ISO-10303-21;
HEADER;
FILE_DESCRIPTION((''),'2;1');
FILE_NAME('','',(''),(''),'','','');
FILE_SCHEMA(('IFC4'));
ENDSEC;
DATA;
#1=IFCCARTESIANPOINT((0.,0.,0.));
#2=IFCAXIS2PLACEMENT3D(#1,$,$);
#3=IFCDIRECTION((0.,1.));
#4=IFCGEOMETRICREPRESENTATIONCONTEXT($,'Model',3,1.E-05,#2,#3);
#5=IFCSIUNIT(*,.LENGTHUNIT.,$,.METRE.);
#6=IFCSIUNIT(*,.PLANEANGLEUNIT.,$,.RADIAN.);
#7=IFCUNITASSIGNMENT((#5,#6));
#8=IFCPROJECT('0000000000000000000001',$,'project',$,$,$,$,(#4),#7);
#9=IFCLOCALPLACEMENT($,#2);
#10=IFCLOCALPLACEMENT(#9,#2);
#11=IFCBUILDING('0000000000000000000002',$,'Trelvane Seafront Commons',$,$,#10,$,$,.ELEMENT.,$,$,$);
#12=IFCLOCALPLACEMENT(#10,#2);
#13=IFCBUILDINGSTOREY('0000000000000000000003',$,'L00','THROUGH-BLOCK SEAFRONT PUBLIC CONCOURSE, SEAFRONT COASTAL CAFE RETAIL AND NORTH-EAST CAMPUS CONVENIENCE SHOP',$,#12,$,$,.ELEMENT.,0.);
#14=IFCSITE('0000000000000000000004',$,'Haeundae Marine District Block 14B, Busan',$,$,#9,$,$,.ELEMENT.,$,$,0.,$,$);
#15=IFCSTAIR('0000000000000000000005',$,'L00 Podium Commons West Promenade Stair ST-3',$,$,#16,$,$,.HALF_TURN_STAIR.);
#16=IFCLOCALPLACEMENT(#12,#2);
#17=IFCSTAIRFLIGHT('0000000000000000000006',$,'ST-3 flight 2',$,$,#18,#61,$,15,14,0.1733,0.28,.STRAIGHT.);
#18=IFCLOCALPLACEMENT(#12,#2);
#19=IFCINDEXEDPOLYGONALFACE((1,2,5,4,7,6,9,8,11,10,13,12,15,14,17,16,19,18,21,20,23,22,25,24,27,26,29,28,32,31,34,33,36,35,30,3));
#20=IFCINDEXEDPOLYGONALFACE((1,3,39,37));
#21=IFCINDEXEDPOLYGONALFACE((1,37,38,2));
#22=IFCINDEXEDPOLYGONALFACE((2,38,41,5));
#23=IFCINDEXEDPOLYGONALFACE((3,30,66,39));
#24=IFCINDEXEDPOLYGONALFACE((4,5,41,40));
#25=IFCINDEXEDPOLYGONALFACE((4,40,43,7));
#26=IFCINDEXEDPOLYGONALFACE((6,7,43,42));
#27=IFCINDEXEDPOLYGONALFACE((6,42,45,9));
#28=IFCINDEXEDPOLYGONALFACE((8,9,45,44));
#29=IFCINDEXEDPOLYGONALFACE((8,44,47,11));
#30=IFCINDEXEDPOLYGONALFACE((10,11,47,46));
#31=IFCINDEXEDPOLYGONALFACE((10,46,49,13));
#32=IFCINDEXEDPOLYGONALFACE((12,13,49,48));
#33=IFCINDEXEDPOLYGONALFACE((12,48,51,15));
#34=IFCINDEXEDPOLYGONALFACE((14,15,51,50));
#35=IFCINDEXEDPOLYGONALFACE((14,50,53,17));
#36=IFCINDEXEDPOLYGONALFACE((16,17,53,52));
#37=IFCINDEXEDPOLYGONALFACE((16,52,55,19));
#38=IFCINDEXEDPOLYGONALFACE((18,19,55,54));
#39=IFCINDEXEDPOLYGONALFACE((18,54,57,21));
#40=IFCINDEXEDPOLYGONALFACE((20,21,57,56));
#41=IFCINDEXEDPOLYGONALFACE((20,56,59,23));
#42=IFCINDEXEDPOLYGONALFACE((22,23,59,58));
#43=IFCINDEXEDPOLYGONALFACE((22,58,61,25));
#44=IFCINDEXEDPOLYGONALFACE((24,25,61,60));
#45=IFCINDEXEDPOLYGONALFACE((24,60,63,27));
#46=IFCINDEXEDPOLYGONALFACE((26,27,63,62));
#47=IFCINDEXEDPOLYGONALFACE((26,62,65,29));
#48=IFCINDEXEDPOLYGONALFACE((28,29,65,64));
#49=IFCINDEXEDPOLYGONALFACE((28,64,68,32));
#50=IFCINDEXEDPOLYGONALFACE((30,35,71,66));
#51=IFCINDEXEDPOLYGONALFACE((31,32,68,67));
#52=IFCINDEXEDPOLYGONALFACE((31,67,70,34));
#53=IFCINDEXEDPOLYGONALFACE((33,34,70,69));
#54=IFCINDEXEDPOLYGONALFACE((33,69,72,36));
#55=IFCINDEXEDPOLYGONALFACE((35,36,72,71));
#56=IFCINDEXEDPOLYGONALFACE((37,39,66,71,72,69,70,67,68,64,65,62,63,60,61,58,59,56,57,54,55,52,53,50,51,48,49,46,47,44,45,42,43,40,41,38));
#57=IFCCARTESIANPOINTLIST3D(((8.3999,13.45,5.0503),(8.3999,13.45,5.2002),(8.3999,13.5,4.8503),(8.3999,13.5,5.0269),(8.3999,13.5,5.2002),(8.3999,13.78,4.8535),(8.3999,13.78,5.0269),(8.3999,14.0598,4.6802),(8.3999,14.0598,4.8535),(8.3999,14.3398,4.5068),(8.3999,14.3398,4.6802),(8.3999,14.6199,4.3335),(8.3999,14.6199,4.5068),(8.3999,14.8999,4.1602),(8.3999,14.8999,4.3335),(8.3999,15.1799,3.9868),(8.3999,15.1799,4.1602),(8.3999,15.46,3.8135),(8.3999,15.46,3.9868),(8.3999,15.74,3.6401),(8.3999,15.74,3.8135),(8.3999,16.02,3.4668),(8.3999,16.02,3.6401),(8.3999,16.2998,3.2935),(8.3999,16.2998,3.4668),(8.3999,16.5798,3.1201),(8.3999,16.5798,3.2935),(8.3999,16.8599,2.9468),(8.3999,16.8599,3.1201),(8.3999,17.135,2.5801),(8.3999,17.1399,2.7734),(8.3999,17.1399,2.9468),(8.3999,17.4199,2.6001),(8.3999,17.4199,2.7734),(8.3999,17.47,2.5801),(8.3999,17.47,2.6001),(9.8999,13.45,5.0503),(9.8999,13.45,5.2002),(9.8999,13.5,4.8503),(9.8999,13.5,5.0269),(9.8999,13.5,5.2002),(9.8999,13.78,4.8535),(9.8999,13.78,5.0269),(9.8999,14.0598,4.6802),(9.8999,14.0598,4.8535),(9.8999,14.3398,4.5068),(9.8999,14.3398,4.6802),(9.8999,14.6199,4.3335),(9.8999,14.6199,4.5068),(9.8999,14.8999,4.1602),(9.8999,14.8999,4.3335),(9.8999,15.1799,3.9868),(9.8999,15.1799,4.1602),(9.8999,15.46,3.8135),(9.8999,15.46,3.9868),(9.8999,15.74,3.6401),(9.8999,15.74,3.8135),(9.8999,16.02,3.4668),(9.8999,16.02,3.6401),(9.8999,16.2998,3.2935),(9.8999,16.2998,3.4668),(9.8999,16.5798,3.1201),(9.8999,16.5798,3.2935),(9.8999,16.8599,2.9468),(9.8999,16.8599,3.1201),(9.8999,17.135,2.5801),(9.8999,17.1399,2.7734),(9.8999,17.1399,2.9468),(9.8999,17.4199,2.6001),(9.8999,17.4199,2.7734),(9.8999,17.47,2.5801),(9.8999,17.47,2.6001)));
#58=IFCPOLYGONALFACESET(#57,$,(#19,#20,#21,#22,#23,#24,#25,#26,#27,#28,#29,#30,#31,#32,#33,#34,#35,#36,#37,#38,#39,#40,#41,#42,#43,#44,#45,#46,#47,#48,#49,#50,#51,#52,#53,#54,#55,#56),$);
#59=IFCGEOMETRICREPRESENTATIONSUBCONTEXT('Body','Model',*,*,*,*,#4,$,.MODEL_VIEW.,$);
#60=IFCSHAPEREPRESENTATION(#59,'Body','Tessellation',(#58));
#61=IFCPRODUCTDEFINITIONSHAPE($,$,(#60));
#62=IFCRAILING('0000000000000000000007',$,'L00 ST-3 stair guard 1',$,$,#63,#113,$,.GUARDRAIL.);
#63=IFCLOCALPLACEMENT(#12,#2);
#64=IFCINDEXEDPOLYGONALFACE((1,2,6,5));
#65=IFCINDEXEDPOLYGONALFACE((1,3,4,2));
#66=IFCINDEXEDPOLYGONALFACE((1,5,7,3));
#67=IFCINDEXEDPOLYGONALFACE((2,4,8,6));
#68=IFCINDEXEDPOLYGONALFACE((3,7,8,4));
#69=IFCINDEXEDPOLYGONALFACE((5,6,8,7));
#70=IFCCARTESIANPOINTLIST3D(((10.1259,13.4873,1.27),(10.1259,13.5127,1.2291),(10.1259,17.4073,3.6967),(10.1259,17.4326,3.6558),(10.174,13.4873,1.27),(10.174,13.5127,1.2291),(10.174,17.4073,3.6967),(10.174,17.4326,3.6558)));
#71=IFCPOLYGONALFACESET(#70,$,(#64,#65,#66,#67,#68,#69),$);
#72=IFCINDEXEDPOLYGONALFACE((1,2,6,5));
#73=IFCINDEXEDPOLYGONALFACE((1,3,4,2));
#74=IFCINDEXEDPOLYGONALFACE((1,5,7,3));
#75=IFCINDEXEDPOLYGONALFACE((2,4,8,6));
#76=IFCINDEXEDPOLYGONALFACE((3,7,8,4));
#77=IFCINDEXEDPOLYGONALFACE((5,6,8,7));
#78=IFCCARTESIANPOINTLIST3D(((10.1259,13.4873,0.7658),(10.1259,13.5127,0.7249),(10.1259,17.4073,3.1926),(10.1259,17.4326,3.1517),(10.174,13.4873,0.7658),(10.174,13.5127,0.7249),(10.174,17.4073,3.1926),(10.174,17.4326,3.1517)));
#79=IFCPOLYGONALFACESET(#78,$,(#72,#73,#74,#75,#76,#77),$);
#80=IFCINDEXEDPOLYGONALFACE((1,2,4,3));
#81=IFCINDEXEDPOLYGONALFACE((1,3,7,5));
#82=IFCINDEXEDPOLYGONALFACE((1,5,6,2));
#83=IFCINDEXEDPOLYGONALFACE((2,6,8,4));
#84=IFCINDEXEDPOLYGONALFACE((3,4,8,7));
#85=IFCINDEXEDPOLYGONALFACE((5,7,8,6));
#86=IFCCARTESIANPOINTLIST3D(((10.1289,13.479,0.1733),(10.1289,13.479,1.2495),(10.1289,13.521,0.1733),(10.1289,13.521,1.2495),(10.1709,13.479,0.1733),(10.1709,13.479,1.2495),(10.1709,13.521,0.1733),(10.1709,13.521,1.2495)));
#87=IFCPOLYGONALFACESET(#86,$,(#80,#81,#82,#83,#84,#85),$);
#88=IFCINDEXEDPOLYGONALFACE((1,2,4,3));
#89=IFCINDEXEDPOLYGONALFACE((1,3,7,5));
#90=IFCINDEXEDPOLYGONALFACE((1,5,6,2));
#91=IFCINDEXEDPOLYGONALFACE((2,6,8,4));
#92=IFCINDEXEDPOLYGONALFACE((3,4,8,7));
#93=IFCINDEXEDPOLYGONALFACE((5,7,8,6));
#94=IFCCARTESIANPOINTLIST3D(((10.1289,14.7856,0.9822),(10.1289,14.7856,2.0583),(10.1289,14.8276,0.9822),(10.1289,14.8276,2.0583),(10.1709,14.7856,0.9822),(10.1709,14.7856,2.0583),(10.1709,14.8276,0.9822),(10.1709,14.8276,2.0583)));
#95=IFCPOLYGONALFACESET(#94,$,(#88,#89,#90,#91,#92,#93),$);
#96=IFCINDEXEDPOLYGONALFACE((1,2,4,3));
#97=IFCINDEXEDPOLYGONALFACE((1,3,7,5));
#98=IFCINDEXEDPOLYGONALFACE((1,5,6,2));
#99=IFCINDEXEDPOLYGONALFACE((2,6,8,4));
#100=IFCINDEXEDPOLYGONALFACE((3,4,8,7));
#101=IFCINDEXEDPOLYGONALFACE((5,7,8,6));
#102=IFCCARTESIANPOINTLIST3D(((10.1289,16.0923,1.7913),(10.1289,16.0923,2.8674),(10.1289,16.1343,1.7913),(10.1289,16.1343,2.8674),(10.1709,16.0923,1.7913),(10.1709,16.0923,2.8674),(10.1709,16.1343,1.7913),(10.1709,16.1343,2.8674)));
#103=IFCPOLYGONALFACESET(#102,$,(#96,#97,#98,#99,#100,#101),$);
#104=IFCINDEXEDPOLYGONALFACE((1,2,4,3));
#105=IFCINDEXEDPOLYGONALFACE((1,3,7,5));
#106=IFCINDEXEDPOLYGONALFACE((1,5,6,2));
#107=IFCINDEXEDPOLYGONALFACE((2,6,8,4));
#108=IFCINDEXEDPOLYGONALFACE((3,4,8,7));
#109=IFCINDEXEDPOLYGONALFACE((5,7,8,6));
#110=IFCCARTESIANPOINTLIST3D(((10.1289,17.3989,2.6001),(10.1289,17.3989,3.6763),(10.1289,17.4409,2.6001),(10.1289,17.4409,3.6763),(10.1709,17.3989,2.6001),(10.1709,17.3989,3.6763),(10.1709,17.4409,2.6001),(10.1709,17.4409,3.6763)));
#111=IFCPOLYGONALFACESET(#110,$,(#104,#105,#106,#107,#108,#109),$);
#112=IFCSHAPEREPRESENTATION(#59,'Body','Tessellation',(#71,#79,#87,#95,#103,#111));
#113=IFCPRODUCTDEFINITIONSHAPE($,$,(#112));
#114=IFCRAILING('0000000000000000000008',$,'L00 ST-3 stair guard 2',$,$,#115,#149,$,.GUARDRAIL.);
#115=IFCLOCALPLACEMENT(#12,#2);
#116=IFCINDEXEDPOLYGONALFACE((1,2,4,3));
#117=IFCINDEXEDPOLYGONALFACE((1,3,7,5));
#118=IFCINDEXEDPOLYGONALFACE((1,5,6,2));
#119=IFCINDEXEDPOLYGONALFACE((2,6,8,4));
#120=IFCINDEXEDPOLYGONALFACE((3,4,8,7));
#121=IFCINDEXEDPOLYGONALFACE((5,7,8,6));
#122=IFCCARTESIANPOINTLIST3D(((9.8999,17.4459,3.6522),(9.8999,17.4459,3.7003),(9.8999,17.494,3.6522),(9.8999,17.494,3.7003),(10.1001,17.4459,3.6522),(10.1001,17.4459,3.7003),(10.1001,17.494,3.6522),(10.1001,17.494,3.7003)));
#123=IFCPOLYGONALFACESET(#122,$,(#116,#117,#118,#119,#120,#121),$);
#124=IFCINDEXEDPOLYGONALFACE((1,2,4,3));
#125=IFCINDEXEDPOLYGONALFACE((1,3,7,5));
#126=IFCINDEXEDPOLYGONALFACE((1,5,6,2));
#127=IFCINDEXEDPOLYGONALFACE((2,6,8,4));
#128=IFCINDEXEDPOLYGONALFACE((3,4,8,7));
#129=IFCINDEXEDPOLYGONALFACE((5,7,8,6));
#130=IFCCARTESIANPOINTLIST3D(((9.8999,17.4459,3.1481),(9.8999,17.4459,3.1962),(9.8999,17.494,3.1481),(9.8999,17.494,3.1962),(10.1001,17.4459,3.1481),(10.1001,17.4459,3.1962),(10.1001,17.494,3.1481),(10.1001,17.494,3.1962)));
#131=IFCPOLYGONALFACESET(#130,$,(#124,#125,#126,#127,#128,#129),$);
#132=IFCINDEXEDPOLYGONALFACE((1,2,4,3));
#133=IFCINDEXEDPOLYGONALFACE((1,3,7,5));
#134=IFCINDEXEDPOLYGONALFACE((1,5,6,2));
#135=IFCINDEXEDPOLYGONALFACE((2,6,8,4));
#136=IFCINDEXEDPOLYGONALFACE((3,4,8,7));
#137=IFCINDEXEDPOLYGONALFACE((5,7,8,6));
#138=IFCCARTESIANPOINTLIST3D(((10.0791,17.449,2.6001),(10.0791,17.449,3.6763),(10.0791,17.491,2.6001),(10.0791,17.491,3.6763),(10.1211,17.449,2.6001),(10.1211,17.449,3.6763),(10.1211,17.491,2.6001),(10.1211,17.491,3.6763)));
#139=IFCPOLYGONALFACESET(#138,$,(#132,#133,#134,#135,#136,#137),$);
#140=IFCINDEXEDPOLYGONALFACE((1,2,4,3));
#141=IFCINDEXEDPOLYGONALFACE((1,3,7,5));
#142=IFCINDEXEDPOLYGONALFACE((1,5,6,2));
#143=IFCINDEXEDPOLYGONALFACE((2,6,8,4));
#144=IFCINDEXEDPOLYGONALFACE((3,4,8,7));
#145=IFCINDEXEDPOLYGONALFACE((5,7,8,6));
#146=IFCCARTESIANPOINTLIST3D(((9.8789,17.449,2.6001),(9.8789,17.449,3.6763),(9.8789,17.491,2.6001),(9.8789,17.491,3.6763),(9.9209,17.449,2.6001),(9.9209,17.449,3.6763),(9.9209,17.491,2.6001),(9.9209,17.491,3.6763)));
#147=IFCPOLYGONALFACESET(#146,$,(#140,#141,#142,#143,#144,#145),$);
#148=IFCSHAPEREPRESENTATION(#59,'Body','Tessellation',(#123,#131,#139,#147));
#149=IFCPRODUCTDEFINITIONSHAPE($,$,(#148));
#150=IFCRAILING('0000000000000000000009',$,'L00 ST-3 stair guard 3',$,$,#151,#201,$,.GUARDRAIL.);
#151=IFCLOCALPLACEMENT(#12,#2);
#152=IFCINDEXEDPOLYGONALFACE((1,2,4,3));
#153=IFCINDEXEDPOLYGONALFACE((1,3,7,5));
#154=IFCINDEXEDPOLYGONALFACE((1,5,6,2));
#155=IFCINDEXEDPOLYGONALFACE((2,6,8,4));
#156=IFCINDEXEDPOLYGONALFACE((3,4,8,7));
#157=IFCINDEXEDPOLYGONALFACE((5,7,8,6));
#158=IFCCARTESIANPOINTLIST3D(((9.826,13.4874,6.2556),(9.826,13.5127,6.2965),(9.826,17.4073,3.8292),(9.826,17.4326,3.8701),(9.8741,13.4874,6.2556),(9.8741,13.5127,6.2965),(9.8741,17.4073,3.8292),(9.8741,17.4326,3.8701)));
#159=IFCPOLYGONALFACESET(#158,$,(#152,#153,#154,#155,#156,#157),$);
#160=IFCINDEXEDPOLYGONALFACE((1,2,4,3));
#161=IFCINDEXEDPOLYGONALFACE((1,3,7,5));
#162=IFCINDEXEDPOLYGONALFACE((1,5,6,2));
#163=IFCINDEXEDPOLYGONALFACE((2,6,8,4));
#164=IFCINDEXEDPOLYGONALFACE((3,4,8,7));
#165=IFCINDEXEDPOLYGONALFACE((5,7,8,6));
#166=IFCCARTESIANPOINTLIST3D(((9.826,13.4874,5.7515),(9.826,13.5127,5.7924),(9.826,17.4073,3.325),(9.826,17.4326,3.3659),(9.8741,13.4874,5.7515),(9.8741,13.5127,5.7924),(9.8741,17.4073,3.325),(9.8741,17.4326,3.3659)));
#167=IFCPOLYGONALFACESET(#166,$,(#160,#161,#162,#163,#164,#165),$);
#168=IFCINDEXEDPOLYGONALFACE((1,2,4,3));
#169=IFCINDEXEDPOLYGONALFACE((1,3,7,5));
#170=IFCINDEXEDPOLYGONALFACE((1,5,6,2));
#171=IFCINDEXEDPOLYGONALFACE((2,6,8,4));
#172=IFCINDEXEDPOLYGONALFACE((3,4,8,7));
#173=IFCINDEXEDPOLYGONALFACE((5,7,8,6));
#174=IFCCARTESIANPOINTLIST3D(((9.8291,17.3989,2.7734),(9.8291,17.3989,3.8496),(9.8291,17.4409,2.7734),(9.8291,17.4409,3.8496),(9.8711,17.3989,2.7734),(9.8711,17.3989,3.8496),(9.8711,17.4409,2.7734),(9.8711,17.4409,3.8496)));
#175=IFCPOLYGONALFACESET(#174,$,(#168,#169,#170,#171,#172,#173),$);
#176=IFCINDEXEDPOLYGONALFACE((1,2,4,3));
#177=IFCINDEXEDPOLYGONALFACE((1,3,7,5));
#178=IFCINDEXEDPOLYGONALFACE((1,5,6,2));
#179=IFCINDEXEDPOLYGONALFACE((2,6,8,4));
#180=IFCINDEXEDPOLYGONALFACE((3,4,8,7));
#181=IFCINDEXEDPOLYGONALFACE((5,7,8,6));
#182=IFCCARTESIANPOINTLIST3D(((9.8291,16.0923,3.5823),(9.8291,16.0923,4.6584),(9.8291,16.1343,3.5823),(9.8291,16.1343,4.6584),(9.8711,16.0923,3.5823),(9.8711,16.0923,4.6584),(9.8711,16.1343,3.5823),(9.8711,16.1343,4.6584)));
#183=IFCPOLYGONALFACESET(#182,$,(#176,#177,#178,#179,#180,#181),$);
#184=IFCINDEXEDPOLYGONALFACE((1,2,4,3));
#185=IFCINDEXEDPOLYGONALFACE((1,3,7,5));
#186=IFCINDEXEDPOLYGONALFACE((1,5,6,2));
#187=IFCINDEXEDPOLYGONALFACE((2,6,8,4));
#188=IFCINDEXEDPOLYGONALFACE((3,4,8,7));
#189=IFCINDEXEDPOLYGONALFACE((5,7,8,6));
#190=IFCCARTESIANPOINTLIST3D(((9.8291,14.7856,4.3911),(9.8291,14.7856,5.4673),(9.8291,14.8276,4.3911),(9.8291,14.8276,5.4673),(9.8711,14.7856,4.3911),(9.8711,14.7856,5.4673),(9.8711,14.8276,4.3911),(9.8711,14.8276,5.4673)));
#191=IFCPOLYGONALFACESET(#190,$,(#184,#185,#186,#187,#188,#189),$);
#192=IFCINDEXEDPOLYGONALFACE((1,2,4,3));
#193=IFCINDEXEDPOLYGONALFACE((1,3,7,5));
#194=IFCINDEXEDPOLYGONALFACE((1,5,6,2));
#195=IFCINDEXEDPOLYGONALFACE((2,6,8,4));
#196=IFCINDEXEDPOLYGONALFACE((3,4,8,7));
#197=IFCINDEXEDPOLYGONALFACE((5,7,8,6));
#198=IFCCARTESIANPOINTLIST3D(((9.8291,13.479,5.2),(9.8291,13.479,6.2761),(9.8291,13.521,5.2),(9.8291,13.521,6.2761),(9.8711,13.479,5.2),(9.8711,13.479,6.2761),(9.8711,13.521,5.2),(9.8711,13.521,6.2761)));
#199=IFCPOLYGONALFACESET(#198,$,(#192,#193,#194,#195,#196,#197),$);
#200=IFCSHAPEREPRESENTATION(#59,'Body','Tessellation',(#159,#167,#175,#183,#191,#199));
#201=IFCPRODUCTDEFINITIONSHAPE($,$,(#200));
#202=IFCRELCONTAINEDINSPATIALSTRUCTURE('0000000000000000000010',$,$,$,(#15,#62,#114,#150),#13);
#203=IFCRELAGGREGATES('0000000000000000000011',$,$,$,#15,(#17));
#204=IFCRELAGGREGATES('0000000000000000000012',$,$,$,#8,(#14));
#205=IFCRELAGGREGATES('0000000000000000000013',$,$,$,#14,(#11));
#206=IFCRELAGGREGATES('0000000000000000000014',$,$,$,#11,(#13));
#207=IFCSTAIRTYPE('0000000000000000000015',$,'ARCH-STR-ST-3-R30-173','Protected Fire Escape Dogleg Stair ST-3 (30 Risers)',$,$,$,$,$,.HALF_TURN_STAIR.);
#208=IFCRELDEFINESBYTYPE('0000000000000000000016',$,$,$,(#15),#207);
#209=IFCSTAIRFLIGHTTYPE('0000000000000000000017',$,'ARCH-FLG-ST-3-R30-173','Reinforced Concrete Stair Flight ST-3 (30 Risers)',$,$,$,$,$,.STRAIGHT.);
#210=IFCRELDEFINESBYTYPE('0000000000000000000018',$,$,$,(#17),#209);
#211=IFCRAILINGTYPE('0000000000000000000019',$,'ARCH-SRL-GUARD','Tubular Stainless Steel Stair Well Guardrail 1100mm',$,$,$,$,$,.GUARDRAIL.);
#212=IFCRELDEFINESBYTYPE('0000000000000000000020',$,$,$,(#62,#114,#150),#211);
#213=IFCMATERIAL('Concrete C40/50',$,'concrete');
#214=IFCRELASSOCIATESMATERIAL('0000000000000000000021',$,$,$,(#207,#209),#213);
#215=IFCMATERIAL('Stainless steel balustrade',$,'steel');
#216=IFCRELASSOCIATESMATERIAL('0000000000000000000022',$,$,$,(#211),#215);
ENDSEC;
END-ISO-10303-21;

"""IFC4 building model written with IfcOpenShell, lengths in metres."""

from ifc_helpers import new_model, si_unit, direction, frame, origin, origin_2d, place, context, subcontext, project, spatial, polyline, rectangle, outline, extrude, source, transform, mapped, material, type_object, element, aggregate, save


model = new_model("IFC4")

# Units and contexts
model_context = context("Model", 3, precision=1e-05, world=origin(), true_north=direction((0.0, 1.0)))
body_context = subcontext(model_context, "Body", "Model", "MODEL_VIEW")
ifc_project = project(units=[si_unit("LENGTHUNIT", "METRE"), si_unit("PLANEANGLEUNIT", "RADIAN")], contexts=[model_context])

# Site, building, storey
site_placement = place(None, origin())
site = spatial("IfcSite", under=ifc_project, at=site_placement, Name="Haeundae Marine District Block 14B, Busan", CompositionType="ELEMENT", RefElevation=0.0)
building_placement = place(site_placement, origin())
building = spatial("IfcBuilding", under=site, at=building_placement, Name="Trelvane Seafront Commons", CompositionType="ELEMENT")
storey_placement = place(building_placement, origin())
storey = spatial("IfcBuildingStorey", under=building, at=storey_placement, Name="L00", Description="THROUGH-BLOCK SEAFRONT PUBLIC CONCOURSE, SEAFRONT COASTAL CAFE RETAIL AND NORTH-EAST CAMPUS CONVENIENCE SHOP", CompositionType="ELEMENT", Elevation=0.0)

# Stair, stair flight
ifc_material_1 = material(Name="Concrete C40/50", Category="concrete")
stair_type = type_object("IfcStairType", Name="ARCH-STR-ST-3-R30-173", Description="Protected Fire Escape Dogleg Stair ST-3 (30 Risers)", PredefinedType="HALF_TURN_STAIR", material=ifc_material_1)
stair_placement = place(storey_placement, origin())
stair = element("IfcStair", 1, at=stair_placement, inside=storey, type_object=stair_type, Name="L00 Podium Commons West Promenade Stair ST-3", PredefinedType="HALF_TURN_STAIR")
stair_flight_type = type_object("IfcStairFlightType", Name="ARCH-FLG-ST-3-R30-173", Description="Reinforced Concrete Stair Flight ST-3 (30 Risers)", PredefinedType="STRAIGHT", material=ifc_material_1)
shared_shape_1 = source(origin(), body_context, "Body", "SweptSolid", [
    extrude(outline(polyline([(-0.05, -0.02), (-0.05, 0.0), (0.0, 0.0), (0.0, 0.1733), (0.28, 0.1733), (0.28, 0.3467), (0.5601, 0.3467), (0.5601, 0.52), (0.8401, 0.52), (0.8401, 0.6934), (1.1201, 0.6934), (1.1201, 0.8667), (1.3999, 0.8667), (1.3999, 1.04), (1.6799, 1.04), (1.6799, 1.2134), (1.96, 1.2134), (1.96, 1.3867), (2.24, 1.3867), (2.24, 1.5601), (2.52, 1.5601), (2.52, 1.7334), (2.8, 1.7334), (2.8, 1.9067), (3.0801, 1.9067), (3.0801, 2.0801), (3.3601, 2.0801), (3.3601, 2.2534), (3.6399, 2.2534), (3.6399, 2.4268), (3.9199, 2.4268), (3.9199, 2.6001), (3.97, 2.6001), (3.97, 2.4502), (3.9199, 2.2502), (0.2849, -0.02), (-0.05, -0.02)])), frame((0.0, 0.75, 0.0), z_axis=(0.0, -1.0, 0.0), x_axis=(1.0, 0.0, 0.0)), (0.0, 0.0, 1.0), 1.5),
])
stair_flight_1_placement = place(storey_placement, frame((9.1499, 17.4199, 2.6001), z_axis=(0.0, 0.0, 1.0), x_axis=(0.0, -1.0, 0.0)))
stair_flight_1 = element("IfcStairFlight", 2, at=stair_flight_1_placement, type_object=stair_flight_type, Name="ST-3 flight 2", NumberOfRisers=15, NumberOfTreads=14, PredefinedType="STRAIGHT", RiserHeight=0.1733, TreadLength=0.28, context=body_context, shape_type="MappedRepresentation", body=[
    mapped(shared_shape_1, transform((0.0, 0.0, 0.0), x_axis=(1.0, 0.0, 0.0), y_axis=(0.0, 1.0, 0.0), z_axis=(0.0, 0.0, 1.0), scale=1.0)),
])
aggregate(stair, [stair_flight_1])

# Railings
ifc_material_2 = material(Name="Stainless steel balustrade", Category="steel")
railing_type_1 = type_object("IfcRailingType", Name="ARCH-SRL-GUARD", Description="Tubular Stainless Steel Stair Well Guardrail 1100mm", PredefinedType="GUARDRAIL", material=ifc_material_2)
railing_1_placement = place(storey_placement, frame((10.1499, 13.5, 0.1733)))
element("IfcRailing", 3, at=railing_1_placement, inside=storey, type_object=railing_type_1, Name="L00 ST-3 stair guard 1", PredefinedType="GUARDRAIL", context=body_context, shape_type="SweptSolid", body=[
    extrude(rectangle(XDim=0.0481, YDim=0.0481, at=origin_2d()), frame((0.0, 0.0, 1.0762), z_axis=(0.0, 0.850252, 0.526376), x_axis=(-1.0, 0.0, 0.0)), (0.0, 0.0, 1.0), 4.6104),
    extrude(rectangle(XDim=0.0481, YDim=0.0481, at=origin_2d()), frame((0.0, 0.0, 0.572), z_axis=(0.0, 0.850252, 0.526376), x_axis=(-1.0, 0.0, 0.0)), (0.0, 0.0, 1.0), 4.6104),
    extrude(rectangle(XDim=0.042, YDim=0.042, at=origin_2d()), origin(), (0.0, 0.0, 1.0), 1.0762),
    extrude(rectangle(XDim=0.042, YDim=0.042, at=origin_2d()), frame((0.0, 1.3066, 0.8088)), (0.0, 0.0, 1.0), 1.0762),
    extrude(rectangle(XDim=0.042, YDim=0.042, at=origin_2d()), frame((0.0, 2.6133, 1.6179)), (0.0, 0.0, 1.0), 1.0762),
    extrude(rectangle(XDim=0.042, YDim=0.042, at=origin_2d()), frame((0.0, 3.9199, 2.4268)), (0.0, 0.0, 1.0), 1.0762),
])
railing_2_placement = place(storey_placement, frame((10.1001, 17.47, 2.6001)))
element("IfcRailing", 4, at=railing_2_placement, inside=storey, type_object=railing_type_1, Name="L00 ST-3 stair guard 2", PredefinedType="GUARDRAIL", context=body_context, shape_type="SweptSolid", body=[
    extrude(rectangle(XDim=0.0481, YDim=0.0481, at=origin_2d()), frame((0.0, 0.0, 1.0762), z_axis=(-1.0, 0.0, 0.0), x_axis=(0.0, -1.0, 0.0)), (0.0, 0.0, 1.0), 0.2002),
    extrude(rectangle(XDim=0.0481, YDim=0.0481, at=origin_2d()), frame((0.0, 0.0, 0.572), z_axis=(-1.0, 0.0, 0.0), x_axis=(0.0, -1.0, 0.0)), (0.0, 0.0, 1.0), 0.2002),
    extrude(rectangle(XDim=0.042, YDim=0.042, at=origin_2d()), origin(), (0.0, 0.0, 1.0), 1.0762),
    extrude(rectangle(XDim=0.042, YDim=0.042, at=origin_2d()), frame((-0.2002, 0.0, 0.0)), (0.0, 0.0, 1.0), 1.0762),
])
railing_3_placement = place(storey_placement, frame((9.8501, 17.4199, 2.7734)))
element("IfcRailing", 5, at=railing_3_placement, inside=storey, type_object=railing_type_1, Name="L00 ST-3 stair guard 3", PredefinedType="GUARDRAIL", context=body_context, shape_type="SweptSolid", body=[
    extrude(rectangle(XDim=0.0481, YDim=0.0481, at=origin_2d()), frame((0.0, 0.0, 1.0762), z_axis=(0.0, -0.850275, 0.526338), x_axis=(1.0, 0.0, 0.0)), (0.0, 0.0, 1.0), 4.6101),
    extrude(rectangle(XDim=0.0481, YDim=0.0481, at=origin_2d()), frame((0.0, 0.0, 0.572), z_axis=(0.0, -0.850275, 0.526338), x_axis=(1.0, 0.0, 0.0)), (0.0, 0.0, 1.0), 4.6101),
    extrude(rectangle(XDim=0.042, YDim=0.042, at=origin_2d()), origin(), (0.0, 0.0, 1.0), 1.0762),
    extrude(rectangle(XDim=0.042, YDim=0.042, at=origin_2d()), frame((0.0, -1.3066, 0.8088)), (0.0, 0.0, 1.0), 1.0762),
    extrude(rectangle(XDim=0.042, YDim=0.042, at=origin_2d()), frame((0.0, -2.6133, 1.6177)), (0.0, 0.0, 1.0), 1.0762),
    extrude(rectangle(XDim=0.042, YDim=0.042, at=origin_2d()), frame((0.0, -3.9199, 2.4265)), (0.0, 0.0, 1.0), 1.0762),
])

save(model, "model.ifc")
